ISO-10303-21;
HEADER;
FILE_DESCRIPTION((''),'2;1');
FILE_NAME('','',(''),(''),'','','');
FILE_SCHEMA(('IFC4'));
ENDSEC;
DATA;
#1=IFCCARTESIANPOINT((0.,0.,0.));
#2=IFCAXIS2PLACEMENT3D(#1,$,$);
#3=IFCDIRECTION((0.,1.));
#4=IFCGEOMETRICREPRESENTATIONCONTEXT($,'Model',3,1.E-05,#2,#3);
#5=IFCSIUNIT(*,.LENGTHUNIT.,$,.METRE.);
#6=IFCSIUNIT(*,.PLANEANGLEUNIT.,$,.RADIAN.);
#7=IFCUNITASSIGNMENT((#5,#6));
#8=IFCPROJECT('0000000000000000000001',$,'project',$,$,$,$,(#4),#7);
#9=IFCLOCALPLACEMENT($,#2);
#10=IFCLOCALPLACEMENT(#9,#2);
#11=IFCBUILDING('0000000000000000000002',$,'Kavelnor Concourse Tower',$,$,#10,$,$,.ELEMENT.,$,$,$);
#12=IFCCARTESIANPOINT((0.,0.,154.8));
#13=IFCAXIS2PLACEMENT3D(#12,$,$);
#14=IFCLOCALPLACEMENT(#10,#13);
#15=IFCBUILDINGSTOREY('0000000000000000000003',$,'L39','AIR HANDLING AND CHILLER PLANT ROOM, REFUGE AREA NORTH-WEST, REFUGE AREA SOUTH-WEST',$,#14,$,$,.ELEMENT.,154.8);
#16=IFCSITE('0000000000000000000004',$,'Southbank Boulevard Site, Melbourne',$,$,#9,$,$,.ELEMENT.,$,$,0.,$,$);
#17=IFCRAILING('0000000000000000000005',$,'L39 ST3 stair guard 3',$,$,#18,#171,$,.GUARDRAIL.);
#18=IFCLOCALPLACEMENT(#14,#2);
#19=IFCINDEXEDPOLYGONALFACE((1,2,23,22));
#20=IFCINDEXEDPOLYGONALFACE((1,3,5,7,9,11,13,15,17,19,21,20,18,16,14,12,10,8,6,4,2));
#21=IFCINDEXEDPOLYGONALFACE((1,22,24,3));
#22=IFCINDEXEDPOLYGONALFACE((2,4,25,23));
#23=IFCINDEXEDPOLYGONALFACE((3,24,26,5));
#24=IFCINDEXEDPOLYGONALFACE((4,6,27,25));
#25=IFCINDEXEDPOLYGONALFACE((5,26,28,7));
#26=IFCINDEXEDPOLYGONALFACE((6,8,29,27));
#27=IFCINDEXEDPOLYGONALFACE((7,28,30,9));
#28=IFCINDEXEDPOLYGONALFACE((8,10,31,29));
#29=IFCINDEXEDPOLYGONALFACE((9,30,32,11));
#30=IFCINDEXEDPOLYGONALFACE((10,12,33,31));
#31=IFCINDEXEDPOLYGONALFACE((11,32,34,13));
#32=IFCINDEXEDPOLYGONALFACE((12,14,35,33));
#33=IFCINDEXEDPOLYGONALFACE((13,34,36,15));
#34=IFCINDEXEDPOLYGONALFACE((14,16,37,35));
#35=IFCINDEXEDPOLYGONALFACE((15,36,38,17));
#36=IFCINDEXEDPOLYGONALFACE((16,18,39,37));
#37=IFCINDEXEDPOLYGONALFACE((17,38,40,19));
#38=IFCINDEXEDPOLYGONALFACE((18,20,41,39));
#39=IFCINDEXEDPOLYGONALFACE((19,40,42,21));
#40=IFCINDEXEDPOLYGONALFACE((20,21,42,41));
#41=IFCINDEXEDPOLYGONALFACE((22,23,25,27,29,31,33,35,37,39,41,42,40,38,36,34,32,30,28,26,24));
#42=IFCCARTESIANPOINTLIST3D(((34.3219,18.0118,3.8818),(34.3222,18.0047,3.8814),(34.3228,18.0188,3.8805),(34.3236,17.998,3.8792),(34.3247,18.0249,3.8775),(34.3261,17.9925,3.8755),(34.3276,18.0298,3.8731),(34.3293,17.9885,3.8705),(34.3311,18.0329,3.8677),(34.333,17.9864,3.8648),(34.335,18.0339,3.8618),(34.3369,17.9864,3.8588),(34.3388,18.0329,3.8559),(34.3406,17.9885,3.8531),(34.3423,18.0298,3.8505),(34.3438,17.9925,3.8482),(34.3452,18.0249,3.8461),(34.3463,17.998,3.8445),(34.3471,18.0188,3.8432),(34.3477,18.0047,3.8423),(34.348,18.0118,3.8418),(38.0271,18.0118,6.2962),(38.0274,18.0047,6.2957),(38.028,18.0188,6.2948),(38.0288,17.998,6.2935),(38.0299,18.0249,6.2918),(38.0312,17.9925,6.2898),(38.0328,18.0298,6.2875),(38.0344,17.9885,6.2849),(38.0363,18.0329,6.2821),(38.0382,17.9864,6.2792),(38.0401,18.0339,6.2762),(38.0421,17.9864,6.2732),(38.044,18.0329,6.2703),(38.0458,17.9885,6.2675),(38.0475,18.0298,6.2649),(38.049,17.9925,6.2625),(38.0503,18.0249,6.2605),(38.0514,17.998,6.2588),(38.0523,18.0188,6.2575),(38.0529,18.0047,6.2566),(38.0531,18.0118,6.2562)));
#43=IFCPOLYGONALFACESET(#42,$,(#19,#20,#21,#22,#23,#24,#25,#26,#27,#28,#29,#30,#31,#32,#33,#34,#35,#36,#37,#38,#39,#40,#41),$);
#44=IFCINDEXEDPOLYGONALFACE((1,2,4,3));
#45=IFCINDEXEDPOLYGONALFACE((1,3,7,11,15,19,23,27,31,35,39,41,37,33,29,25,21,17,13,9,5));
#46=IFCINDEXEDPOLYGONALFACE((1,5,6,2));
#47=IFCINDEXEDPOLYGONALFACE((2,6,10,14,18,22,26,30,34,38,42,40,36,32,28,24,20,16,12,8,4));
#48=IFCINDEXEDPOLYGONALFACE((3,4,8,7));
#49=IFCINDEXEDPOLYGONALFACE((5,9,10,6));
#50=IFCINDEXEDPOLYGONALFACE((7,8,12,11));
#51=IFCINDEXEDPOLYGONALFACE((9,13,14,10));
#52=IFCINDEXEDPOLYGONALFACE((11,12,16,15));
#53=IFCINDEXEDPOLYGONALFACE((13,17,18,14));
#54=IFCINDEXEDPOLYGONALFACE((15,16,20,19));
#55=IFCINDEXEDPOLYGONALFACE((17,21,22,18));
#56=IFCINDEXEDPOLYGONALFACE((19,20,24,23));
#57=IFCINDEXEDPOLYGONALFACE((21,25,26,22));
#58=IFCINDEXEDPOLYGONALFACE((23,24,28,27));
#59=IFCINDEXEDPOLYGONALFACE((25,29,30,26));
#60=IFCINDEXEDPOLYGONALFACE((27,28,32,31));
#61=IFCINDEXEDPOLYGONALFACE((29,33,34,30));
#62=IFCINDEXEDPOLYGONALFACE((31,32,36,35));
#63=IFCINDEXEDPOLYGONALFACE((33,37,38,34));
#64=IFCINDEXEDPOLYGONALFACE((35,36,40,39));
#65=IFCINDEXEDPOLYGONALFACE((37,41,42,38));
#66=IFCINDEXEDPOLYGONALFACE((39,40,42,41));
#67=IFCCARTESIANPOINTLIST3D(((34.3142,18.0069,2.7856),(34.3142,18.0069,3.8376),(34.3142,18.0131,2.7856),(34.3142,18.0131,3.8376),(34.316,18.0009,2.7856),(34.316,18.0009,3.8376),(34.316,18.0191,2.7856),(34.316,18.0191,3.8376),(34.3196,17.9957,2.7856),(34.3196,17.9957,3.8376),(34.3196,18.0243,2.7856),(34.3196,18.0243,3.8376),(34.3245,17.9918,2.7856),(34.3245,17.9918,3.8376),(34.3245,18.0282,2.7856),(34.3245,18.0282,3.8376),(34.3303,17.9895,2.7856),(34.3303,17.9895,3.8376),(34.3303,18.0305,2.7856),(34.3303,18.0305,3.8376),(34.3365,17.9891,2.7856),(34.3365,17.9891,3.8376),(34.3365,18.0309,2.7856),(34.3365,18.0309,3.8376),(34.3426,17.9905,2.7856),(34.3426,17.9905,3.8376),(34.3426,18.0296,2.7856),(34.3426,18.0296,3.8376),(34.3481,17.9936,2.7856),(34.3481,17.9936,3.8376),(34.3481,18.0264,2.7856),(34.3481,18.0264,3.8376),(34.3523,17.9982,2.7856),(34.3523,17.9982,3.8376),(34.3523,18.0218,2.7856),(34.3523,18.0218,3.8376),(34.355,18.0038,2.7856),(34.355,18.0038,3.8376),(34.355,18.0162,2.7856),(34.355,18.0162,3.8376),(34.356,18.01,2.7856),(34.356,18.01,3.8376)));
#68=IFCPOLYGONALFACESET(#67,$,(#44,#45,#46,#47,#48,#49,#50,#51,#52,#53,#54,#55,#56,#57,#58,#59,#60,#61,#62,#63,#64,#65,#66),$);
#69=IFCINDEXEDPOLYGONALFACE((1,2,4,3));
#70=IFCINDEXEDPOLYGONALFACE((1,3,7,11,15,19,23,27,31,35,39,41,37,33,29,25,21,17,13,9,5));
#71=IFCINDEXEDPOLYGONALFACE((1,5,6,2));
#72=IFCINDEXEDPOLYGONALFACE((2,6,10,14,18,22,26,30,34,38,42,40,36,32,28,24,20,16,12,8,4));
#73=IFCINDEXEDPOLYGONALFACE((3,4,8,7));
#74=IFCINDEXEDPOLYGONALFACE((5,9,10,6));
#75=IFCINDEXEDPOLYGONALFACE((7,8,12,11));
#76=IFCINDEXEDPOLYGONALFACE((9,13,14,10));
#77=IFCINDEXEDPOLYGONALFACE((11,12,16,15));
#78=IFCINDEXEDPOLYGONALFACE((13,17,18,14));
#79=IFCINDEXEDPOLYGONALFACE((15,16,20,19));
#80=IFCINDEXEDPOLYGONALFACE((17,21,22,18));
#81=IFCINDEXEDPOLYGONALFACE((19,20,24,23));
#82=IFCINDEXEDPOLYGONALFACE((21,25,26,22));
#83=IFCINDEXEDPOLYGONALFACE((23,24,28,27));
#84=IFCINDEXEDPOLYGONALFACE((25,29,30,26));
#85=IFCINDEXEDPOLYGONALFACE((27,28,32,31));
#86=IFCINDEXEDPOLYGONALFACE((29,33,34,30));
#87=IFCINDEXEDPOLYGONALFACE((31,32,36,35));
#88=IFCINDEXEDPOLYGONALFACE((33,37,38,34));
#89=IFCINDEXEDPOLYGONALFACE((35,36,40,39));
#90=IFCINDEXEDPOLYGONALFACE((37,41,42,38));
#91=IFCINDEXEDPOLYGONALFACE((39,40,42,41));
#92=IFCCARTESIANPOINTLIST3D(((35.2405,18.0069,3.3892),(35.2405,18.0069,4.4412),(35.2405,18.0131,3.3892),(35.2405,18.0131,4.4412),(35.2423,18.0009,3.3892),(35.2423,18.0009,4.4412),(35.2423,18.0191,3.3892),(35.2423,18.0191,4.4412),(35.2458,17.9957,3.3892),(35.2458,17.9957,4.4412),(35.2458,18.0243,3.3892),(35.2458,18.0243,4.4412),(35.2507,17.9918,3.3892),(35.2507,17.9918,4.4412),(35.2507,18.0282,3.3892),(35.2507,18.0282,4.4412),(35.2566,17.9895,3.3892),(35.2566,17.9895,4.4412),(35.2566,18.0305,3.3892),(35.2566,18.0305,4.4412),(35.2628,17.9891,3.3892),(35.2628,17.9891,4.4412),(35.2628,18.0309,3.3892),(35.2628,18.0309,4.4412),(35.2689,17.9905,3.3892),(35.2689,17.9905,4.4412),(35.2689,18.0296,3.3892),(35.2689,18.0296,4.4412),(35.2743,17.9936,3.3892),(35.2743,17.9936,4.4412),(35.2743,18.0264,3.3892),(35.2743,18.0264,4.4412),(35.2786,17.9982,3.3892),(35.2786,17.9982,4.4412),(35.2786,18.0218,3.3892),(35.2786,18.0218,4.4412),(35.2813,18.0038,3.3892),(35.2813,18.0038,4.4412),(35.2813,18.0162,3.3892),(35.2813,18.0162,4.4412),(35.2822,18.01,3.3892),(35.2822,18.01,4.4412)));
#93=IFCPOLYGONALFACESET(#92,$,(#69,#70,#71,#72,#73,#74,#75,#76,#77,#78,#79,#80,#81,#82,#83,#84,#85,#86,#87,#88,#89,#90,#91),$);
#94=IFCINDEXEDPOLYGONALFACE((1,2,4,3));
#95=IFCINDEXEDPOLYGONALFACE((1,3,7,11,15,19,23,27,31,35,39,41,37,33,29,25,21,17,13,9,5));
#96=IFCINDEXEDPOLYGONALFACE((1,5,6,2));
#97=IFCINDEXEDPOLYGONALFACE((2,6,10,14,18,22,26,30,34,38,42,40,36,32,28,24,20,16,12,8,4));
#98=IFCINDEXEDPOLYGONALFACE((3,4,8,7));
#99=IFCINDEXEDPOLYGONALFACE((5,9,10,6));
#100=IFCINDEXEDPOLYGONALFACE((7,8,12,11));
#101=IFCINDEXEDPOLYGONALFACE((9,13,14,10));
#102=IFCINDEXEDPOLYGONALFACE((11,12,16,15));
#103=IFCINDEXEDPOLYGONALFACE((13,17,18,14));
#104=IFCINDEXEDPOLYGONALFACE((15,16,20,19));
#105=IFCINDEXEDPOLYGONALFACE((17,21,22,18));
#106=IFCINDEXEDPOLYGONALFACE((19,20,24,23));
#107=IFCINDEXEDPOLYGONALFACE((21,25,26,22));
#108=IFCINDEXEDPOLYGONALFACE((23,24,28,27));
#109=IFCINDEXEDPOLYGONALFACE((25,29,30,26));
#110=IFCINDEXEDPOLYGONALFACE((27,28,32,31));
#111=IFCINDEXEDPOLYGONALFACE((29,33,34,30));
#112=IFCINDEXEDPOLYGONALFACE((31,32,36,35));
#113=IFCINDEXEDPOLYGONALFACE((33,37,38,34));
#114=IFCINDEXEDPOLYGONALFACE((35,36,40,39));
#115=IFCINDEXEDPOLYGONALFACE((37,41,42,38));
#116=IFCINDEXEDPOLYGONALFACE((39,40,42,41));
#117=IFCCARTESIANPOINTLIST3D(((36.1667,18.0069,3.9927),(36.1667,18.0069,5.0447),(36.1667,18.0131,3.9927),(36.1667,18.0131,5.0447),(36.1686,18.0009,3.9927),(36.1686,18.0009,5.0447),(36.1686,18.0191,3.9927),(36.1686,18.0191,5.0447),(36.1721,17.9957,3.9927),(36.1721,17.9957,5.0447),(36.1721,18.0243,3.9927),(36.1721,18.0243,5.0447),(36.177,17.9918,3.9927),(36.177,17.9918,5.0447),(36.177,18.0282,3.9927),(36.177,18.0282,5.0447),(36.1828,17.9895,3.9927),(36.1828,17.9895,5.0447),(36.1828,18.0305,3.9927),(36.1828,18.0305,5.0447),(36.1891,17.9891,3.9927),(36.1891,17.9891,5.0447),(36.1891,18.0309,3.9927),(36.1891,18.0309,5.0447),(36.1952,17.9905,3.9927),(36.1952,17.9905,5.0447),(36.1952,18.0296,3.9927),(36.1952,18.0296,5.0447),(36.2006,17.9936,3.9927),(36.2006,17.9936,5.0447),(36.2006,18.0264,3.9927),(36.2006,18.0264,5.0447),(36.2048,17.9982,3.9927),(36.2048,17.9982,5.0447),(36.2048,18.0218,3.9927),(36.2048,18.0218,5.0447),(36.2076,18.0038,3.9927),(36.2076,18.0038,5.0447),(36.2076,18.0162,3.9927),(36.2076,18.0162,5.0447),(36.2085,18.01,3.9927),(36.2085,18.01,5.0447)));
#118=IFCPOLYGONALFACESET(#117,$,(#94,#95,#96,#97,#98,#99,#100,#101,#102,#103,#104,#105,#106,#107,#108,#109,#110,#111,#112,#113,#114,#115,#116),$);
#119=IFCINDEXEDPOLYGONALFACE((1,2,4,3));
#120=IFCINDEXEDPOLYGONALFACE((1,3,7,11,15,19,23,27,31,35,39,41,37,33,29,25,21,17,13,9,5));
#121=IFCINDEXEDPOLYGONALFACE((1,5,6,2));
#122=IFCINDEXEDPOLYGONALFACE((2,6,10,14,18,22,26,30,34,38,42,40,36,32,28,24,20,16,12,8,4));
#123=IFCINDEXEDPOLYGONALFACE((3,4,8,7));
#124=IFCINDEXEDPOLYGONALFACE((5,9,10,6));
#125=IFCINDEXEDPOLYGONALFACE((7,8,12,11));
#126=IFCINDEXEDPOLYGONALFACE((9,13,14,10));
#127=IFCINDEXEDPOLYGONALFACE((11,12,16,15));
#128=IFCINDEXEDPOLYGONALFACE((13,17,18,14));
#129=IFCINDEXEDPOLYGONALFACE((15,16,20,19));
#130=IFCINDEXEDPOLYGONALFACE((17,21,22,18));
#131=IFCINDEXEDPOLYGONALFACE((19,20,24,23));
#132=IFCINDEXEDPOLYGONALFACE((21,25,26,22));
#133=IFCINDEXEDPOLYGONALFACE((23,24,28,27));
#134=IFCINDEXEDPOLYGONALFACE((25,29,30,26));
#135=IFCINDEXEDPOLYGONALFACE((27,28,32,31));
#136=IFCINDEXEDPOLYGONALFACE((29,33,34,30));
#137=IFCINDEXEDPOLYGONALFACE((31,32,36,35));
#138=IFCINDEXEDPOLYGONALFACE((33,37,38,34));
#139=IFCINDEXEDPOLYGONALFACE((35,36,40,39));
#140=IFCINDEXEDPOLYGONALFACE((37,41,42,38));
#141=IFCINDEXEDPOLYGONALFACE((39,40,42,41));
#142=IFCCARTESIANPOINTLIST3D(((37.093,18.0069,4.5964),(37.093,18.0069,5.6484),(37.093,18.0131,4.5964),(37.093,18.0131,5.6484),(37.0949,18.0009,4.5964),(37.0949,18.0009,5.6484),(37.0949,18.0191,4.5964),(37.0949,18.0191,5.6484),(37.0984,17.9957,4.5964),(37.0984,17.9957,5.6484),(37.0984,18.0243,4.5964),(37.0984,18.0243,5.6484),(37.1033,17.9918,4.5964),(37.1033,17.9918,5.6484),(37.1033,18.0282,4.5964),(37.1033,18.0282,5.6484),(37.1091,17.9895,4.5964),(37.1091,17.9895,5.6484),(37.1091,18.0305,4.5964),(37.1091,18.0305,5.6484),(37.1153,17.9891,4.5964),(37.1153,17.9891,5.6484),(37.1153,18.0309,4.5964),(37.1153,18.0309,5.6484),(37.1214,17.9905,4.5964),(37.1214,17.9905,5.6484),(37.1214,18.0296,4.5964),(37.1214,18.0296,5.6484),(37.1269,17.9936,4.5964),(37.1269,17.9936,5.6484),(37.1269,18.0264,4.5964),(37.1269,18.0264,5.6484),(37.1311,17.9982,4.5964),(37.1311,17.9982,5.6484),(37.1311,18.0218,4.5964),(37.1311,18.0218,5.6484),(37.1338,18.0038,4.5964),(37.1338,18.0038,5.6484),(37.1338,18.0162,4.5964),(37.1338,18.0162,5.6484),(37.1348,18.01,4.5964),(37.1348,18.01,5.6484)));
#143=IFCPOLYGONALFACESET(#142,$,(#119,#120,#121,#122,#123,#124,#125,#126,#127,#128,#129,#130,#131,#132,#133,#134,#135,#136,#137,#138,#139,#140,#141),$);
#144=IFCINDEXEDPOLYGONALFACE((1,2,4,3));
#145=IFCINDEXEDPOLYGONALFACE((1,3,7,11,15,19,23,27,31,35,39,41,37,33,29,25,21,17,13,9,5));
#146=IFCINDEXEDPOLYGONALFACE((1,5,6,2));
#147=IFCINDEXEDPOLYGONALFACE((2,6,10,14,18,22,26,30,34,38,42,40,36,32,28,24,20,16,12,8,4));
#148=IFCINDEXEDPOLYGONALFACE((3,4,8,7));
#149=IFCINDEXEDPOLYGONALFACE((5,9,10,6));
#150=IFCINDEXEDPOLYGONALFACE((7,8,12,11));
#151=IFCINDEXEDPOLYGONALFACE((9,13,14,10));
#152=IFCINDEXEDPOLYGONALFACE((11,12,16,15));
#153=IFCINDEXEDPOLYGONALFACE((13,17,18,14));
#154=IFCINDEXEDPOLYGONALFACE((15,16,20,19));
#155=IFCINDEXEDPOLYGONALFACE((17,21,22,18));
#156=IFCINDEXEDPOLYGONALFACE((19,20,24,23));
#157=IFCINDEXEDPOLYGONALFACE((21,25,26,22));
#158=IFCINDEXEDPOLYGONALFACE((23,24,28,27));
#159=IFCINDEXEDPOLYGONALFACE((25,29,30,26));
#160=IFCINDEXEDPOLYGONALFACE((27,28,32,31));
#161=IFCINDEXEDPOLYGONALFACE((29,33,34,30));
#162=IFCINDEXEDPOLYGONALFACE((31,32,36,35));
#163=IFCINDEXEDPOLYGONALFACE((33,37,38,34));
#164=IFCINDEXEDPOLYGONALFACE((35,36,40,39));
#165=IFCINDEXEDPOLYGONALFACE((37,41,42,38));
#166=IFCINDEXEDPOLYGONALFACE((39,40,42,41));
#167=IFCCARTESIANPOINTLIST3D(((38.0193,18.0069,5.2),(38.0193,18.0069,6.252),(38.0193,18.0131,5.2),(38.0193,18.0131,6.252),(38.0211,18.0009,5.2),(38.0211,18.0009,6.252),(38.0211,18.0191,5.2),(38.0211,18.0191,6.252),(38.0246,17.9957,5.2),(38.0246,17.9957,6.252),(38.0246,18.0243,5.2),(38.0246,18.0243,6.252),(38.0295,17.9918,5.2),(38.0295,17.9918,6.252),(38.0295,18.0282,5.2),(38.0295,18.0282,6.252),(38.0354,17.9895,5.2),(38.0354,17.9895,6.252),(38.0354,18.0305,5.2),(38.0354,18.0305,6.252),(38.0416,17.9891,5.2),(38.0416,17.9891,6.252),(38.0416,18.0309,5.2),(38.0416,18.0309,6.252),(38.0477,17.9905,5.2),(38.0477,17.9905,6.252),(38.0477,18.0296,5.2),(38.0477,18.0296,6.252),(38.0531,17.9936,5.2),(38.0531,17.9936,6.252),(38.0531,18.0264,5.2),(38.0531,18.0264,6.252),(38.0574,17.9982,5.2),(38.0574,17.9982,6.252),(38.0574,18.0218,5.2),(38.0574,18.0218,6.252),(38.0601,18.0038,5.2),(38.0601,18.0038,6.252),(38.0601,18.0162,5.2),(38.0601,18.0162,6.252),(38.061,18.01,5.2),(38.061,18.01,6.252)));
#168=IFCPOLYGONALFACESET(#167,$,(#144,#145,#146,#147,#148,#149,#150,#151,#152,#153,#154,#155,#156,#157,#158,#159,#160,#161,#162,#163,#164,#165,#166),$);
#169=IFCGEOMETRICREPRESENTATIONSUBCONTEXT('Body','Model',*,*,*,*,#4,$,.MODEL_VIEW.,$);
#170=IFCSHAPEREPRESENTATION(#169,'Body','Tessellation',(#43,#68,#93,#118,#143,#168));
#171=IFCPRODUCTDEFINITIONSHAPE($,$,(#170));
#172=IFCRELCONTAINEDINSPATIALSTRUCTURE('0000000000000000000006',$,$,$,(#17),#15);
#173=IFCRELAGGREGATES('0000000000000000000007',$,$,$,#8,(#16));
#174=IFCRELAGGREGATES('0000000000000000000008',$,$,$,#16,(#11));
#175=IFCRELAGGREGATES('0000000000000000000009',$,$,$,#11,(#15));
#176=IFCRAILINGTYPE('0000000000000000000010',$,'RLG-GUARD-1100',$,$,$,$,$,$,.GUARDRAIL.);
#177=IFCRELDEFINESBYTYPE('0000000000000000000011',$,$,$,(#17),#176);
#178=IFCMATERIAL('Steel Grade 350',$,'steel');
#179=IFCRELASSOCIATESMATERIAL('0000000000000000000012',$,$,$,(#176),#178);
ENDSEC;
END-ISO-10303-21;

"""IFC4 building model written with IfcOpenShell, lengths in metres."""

from ifc_helpers import new_model, si_unit, direction, frame, origin, origin_2d, place, context, subcontext, project, spatial, circle, extrude, material, type_object, element, save


model = new_model("IFC4")

# Units and contexts
model_context = context("Model", 3, precision=1e-05, world=origin(), true_north=direction((0.0, 1.0)))
body_context = subcontext(model_context, "Body", "Model", "MODEL_VIEW")
ifc_project = project(units=[si_unit("LENGTHUNIT", "METRE"), si_unit("PLANEANGLEUNIT", "RADIAN")], contexts=[model_context])

# Site, building, storey
site_placement = place(None, origin())
site = spatial("IfcSite", under=ifc_project, at=site_placement, Name="Southbank Boulevard Site, Melbourne", CompositionType="ELEMENT", RefElevation=0.0)
building_placement = place(site_placement, origin())
building = spatial("IfcBuilding", under=site, at=building_placement, Name="Kavelnor Concourse Tower", CompositionType="ELEMENT")
storey_placement = place(building_placement, frame((0.0, 0.0, 154.8)))
storey = spatial("IfcBuildingStorey", under=building, at=storey_placement, Name="L39", Description="AIR HANDLING AND CHILLER PLANT ROOM, REFUGE AREA NORTH-WEST, REFUGE AREA SOUTH-WEST", CompositionType="ELEMENT", Elevation=154.8)

# Shared definitions
ifc_material_1 = material(Name="Steel Grade 350", Category="steel")

# Railing
railing_type_1 = type_object("IfcRailingType", Name="RLG-GUARD-1100", PredefinedType="GUARDRAIL", material=ifc_material_1)
railing_1_placement = place(storey_placement, frame((34.335, 18.01, 2.7856)))
element("IfcRailing", 1, at=railing_1_placement, inside=storey, type_object=railing_type_1, Name="L39 ST3 stair guard 3", PredefinedType="GUARDRAIL", context=body_context, shape_type="SweptSolid", body=[
    extrude(circle(Radius=0.0239, at=origin_2d()), frame((0.0, 0.0, 1.0762), z_axis=(0.837823, 0.0, 0.545943), x_axis=(0.0, 1.0, 0.0)), (0.0, 0.0, 1.0), 4.4224),
    extrude(circle(Radius=0.021, at=origin_2d()), origin(), (0.0, 0.0, 1.0), 1.052),
    extrude(circle(Radius=0.021, at=origin_2d()), frame((0.9263, 0.0, 0.6035)), (0.0, 0.0, 1.0), 1.052),
    extrude(circle(Radius=0.021, at=origin_2d()), frame((1.8525, 0.0, 1.207)), (0.0, 0.0, 1.0), 1.052),
    extrude(circle(Radius=0.021, at=origin_2d()), frame((2.7788, 0.0, 1.8108)), (0.0, 0.0, 1.0), 1.052),
    extrude(circle(Radius=0.021, at=origin_2d()), frame((3.7051, 0.0, 2.4143)), (0.0, 0.0, 1.0), 1.052),
])

save(model, "model.ifc")
